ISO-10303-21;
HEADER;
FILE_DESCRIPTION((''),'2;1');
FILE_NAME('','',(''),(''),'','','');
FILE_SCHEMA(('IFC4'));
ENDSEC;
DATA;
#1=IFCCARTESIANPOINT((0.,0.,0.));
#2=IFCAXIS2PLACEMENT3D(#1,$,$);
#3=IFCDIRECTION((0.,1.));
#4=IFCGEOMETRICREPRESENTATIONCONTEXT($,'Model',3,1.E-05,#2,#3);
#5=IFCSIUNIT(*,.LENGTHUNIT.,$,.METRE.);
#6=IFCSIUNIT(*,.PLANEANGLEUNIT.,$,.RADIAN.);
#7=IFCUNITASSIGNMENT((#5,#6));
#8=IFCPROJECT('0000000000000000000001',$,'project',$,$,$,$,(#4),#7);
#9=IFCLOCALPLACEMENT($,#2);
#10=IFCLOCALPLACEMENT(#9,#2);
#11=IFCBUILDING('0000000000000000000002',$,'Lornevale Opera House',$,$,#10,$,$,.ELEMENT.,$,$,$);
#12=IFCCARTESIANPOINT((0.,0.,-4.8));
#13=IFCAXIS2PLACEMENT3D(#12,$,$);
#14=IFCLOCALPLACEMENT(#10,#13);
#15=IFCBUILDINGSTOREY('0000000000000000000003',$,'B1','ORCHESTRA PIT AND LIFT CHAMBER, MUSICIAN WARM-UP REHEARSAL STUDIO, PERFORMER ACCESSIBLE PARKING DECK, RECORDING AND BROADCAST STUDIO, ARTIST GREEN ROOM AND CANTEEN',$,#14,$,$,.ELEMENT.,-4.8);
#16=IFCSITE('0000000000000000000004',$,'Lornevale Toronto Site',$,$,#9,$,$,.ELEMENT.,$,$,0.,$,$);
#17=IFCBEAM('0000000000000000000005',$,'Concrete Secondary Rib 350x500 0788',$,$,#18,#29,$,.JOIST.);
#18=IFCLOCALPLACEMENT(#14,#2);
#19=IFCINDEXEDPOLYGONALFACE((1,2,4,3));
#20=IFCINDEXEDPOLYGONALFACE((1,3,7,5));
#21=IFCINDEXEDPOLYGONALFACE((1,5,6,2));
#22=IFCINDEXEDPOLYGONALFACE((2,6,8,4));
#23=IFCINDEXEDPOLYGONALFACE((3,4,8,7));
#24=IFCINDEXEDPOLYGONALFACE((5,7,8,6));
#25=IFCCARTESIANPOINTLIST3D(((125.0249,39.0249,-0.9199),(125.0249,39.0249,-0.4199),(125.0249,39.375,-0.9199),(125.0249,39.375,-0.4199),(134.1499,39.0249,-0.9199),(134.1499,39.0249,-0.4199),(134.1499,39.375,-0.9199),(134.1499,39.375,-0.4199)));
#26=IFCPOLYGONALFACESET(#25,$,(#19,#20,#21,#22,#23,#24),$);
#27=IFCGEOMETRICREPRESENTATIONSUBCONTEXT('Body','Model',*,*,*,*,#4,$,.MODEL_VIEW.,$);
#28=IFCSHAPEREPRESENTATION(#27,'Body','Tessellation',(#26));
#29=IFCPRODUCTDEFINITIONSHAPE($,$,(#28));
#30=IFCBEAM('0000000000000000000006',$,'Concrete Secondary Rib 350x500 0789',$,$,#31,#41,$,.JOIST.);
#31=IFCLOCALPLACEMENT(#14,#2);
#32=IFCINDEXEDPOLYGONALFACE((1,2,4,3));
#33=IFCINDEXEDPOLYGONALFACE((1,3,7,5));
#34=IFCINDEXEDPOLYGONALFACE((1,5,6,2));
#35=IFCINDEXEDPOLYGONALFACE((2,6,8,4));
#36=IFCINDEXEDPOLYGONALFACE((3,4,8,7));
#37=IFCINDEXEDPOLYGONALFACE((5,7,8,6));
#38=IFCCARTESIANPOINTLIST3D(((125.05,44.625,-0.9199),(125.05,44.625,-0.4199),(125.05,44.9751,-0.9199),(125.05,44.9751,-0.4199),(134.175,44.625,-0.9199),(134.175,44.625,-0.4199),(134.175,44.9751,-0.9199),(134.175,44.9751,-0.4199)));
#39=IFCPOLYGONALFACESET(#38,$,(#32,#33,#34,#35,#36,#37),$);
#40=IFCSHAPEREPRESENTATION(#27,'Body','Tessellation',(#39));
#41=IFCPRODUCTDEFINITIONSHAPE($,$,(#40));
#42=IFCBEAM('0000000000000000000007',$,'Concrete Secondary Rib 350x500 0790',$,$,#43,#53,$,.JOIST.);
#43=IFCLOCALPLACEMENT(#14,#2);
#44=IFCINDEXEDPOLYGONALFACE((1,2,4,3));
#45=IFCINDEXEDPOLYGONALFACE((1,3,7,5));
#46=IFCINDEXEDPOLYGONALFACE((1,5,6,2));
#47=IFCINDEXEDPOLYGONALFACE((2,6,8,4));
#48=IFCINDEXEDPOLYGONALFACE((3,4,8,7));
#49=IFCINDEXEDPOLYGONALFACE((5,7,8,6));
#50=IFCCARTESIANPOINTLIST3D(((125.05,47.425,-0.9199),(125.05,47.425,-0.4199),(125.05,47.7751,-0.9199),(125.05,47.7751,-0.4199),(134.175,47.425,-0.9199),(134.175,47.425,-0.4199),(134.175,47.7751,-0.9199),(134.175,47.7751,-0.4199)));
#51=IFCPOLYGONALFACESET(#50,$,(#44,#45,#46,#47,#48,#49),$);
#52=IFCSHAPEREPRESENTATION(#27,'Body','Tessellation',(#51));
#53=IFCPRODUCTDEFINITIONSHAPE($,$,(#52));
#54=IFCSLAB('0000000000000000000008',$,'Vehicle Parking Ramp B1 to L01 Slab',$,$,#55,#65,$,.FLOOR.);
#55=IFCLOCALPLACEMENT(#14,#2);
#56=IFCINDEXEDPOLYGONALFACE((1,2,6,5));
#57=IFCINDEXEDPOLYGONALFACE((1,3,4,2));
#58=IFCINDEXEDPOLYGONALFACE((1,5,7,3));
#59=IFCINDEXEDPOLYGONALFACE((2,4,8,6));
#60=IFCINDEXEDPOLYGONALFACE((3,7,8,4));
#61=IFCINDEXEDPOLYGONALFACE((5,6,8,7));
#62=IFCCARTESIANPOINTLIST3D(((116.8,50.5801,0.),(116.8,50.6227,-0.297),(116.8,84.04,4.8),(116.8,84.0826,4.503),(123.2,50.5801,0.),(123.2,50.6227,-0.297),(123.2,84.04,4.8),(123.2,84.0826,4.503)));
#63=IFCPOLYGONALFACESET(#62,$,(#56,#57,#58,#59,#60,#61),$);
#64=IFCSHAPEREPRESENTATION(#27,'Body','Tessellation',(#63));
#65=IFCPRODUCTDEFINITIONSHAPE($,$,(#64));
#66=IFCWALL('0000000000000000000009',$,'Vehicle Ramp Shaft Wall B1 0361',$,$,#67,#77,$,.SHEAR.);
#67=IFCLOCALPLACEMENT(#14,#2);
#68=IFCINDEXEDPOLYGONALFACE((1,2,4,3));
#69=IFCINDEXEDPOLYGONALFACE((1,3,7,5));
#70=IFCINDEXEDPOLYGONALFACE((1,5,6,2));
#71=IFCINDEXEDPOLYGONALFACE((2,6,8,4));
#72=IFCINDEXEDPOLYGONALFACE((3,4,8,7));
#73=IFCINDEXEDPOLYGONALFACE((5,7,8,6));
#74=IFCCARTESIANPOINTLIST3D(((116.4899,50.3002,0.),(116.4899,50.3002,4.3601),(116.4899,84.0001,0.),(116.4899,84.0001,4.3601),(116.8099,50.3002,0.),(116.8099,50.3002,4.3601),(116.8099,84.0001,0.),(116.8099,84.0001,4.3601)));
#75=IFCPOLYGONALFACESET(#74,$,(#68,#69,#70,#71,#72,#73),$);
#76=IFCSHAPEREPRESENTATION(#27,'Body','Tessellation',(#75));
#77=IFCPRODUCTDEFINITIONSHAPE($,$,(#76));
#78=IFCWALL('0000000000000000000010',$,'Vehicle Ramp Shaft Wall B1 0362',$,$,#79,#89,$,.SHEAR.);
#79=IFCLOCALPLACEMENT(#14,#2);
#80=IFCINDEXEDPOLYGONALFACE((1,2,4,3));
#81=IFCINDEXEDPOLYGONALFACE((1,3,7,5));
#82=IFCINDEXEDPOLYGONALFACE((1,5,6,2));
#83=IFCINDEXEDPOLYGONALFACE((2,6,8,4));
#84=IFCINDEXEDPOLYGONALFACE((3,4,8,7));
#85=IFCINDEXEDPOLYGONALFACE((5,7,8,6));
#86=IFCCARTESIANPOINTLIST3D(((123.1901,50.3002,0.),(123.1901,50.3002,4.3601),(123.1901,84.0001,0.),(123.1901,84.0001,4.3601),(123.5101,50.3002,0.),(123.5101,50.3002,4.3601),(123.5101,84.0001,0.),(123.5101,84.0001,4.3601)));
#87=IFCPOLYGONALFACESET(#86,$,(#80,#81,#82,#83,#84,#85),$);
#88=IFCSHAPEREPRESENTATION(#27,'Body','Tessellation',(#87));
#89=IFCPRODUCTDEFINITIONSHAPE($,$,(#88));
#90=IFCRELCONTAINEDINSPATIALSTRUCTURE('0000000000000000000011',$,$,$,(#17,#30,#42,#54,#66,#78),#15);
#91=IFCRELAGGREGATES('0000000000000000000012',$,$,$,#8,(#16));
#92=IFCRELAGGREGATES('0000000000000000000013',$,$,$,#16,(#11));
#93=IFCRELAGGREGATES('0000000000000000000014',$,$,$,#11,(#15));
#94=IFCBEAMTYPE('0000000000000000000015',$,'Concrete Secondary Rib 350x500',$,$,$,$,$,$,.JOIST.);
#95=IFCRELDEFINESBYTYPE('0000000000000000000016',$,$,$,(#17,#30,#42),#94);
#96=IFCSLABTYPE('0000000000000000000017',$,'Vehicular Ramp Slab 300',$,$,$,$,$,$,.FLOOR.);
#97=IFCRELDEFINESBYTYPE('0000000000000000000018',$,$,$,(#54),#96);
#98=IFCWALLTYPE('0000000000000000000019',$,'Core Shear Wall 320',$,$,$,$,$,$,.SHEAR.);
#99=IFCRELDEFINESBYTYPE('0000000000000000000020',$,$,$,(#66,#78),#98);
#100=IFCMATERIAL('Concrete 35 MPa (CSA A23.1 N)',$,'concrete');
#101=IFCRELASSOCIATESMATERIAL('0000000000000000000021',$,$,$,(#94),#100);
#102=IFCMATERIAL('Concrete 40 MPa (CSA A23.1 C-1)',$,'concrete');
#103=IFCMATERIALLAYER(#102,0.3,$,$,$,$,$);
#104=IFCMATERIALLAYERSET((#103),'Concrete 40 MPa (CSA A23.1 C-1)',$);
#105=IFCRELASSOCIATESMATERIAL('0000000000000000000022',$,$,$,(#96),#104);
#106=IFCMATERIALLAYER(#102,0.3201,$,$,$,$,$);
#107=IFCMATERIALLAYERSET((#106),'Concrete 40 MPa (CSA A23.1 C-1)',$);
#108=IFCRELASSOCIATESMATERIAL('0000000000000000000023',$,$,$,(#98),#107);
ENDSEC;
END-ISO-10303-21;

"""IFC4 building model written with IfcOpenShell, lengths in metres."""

from ifc_helpers import new_model, si_unit, direction, frame, frame_2d, origin, origin_2d, place, context, subcontext, project, spatial, polyline, rectangle, outline, extrude, material, layer, layer_set, material_profile, profile_set, type_object, element, save


model = new_model("IFC4")

# Units and contexts
model_context = context("Model", 3, precision=1e-05, world=origin(), true_north=direction((0.0, 1.0)))
body_context = subcontext(model_context, "Body", "Model", "MODEL_VIEW")
ifc_project = project(units=[si_unit("LENGTHUNIT", "METRE"), si_unit("PLANEANGLEUNIT", "RADIAN")], contexts=[model_context])

# Site, building, storey
site_placement = place(None, origin())
site = spatial("IfcSite", under=ifc_project, at=site_placement, Name="Lornevale Toronto Site", CompositionType="ELEMENT", RefElevation=0.0)
building_placement = place(site_placement, origin())
building = spatial("IfcBuilding", under=site, at=building_placement, Name="Lornevale Opera House", CompositionType="ELEMENT")
storey_placement = place(building_placement, frame((0.0, 0.0, -4.8)))
storey = spatial("IfcBuildingStorey", under=building, at=storey_placement, Name="B1", Description="ORCHESTRA PIT AND LIFT CHAMBER, MUSICIAN WARM-UP REHEARSAL STUDIO, PERFORMER ACCESSIBLE PARKING DECK, RECORDING AND BROADCAST STUDIO, ARTIST GREEN ROOM AND CANTEEN", CompositionType="ELEMENT", Elevation=-4.8)

# Shared definitions
ifc_material_1 = material(Name="Concrete 40 MPa (CSA A23.1 C-1)", Category="concrete")

# Beams
ifc_material_2 = material(Name="Concrete 35 MPa (CSA A23.1 N)", Category="concrete")
ifc_material_profile_1 = material_profile(ifc_material_2, rectangle(XDim=0.3501, YDim=0.5, at=origin_2d()), Name="RC350x500")
ifc_profile_set_1 = profile_set([ifc_material_profile_1], Name="Concrete 35 MPa (CSA A23.1 N)")
beam_type_1 = type_object("IfcBeamType", Name="Concrete Secondary Rib 350x500", PredefinedType="JOIST", material=ifc_profile_set_1)
for number, where, z_axis, x_axis, name in (
    (1, (125.0249, 39.2, -0.6699), (1.0, 0.0, 0.0), (0.0, 1.0, 0.0), "Concrete Secondary Rib 350x500 0788"),
    (2, (125.05, 44.8, -0.6699), (1.0, 0.0, 0.0), (0.0, 1.0, 0.0), "Concrete Secondary Rib 350x500 0789"),
    (3, (125.05, 47.6001, -0.6699), (1.0, 0.0, 0.0), (0.0, 1.0, 0.0), "Concrete Secondary Rib 350x500 0790"),
):
    element("IfcBeam", number, at=place(storey_placement, frame(where, z_axis=z_axis, x_axis=x_axis)), inside=storey, type_object=beam_type_1, Name=name, PredefinedType="JOIST", context=body_context, shape_type="SweptSolid", body=[
        extrude(rectangle(XDim=0.3501, YDim=0.5, at=origin_2d()), origin(), (0.0, 0.0, 1.0), 9.125),
    ])

# Slab
ifc_layer_1 = layer(ifc_material_1, 0.3)
ifc_layer_set_1 = layer_set([ifc_layer_1], Name="Concrete 40 MPa (CSA A23.1 C-1)")
slab_type = type_object("IfcSlabType", Name="Vehicular Ramp Slab 300", PredefinedType="FLOOR", material=ifc_layer_set_1)
slab_placement = place(storey_placement, frame((123.2, 50.5801, 0.0), z_axis=(0.0, -0.142003, 0.989866), x_axis=(-1.0, 0.0, 0.0)))
element("IfcSlab", 4, at=slab_placement, inside=storey, type_object=slab_type, Name="Vehicle Parking Ramp B1 to L01 Slab", PredefinedType="FLOOR", context=body_context, shape_type="SweptSolid", body=[
    extrude(outline(polyline([(0.0, 0.0), (6.3999, 0.0), (6.3999, -33.8025), (0.0, -33.8025), (0.0, 0.0)])), origin(), (0.0, 0.0, -1.0), 0.3),
])

# Walls
ifc_layer_2 = layer(ifc_material_1, 0.3201)
ifc_layer_set_2 = layer_set([ifc_layer_2], Name="Concrete 40 MPa (CSA A23.1 C-1)")
wall_type = type_object("IfcWallType", Name="Core Shear Wall 320", PredefinedType="SHEAR", material=ifc_layer_set_2)
for number, where, z_axis, x_axis, name in (
    (5, (116.6499, 50.3, 0.0), (0.0, 0.0, 1.0), (0.0, 1.0, 0.0), "Vehicle Ramp Shaft Wall B1 0361"),
    (6, (123.3501, 50.3, 0.0), (0.0, 0.0, 1.0), (0.0, 1.0, 0.0), "Vehicle Ramp Shaft Wall B1 0362"),
):
    element("IfcWall", number, at=place(storey_placement, frame(where, z_axis=z_axis, x_axis=x_axis)), inside=storey, type_object=wall_type, Name=name, PredefinedType="SHEAR", context=body_context, shape_type="SweptSolid", body=[
        extrude(rectangle(XDim=33.7, YDim=0.3201, at=frame_2d((16.8501, 0.0))), origin(), (0.0, 0.0, 1.0), 4.3601),
    ])

save(model, "model.ifc")
